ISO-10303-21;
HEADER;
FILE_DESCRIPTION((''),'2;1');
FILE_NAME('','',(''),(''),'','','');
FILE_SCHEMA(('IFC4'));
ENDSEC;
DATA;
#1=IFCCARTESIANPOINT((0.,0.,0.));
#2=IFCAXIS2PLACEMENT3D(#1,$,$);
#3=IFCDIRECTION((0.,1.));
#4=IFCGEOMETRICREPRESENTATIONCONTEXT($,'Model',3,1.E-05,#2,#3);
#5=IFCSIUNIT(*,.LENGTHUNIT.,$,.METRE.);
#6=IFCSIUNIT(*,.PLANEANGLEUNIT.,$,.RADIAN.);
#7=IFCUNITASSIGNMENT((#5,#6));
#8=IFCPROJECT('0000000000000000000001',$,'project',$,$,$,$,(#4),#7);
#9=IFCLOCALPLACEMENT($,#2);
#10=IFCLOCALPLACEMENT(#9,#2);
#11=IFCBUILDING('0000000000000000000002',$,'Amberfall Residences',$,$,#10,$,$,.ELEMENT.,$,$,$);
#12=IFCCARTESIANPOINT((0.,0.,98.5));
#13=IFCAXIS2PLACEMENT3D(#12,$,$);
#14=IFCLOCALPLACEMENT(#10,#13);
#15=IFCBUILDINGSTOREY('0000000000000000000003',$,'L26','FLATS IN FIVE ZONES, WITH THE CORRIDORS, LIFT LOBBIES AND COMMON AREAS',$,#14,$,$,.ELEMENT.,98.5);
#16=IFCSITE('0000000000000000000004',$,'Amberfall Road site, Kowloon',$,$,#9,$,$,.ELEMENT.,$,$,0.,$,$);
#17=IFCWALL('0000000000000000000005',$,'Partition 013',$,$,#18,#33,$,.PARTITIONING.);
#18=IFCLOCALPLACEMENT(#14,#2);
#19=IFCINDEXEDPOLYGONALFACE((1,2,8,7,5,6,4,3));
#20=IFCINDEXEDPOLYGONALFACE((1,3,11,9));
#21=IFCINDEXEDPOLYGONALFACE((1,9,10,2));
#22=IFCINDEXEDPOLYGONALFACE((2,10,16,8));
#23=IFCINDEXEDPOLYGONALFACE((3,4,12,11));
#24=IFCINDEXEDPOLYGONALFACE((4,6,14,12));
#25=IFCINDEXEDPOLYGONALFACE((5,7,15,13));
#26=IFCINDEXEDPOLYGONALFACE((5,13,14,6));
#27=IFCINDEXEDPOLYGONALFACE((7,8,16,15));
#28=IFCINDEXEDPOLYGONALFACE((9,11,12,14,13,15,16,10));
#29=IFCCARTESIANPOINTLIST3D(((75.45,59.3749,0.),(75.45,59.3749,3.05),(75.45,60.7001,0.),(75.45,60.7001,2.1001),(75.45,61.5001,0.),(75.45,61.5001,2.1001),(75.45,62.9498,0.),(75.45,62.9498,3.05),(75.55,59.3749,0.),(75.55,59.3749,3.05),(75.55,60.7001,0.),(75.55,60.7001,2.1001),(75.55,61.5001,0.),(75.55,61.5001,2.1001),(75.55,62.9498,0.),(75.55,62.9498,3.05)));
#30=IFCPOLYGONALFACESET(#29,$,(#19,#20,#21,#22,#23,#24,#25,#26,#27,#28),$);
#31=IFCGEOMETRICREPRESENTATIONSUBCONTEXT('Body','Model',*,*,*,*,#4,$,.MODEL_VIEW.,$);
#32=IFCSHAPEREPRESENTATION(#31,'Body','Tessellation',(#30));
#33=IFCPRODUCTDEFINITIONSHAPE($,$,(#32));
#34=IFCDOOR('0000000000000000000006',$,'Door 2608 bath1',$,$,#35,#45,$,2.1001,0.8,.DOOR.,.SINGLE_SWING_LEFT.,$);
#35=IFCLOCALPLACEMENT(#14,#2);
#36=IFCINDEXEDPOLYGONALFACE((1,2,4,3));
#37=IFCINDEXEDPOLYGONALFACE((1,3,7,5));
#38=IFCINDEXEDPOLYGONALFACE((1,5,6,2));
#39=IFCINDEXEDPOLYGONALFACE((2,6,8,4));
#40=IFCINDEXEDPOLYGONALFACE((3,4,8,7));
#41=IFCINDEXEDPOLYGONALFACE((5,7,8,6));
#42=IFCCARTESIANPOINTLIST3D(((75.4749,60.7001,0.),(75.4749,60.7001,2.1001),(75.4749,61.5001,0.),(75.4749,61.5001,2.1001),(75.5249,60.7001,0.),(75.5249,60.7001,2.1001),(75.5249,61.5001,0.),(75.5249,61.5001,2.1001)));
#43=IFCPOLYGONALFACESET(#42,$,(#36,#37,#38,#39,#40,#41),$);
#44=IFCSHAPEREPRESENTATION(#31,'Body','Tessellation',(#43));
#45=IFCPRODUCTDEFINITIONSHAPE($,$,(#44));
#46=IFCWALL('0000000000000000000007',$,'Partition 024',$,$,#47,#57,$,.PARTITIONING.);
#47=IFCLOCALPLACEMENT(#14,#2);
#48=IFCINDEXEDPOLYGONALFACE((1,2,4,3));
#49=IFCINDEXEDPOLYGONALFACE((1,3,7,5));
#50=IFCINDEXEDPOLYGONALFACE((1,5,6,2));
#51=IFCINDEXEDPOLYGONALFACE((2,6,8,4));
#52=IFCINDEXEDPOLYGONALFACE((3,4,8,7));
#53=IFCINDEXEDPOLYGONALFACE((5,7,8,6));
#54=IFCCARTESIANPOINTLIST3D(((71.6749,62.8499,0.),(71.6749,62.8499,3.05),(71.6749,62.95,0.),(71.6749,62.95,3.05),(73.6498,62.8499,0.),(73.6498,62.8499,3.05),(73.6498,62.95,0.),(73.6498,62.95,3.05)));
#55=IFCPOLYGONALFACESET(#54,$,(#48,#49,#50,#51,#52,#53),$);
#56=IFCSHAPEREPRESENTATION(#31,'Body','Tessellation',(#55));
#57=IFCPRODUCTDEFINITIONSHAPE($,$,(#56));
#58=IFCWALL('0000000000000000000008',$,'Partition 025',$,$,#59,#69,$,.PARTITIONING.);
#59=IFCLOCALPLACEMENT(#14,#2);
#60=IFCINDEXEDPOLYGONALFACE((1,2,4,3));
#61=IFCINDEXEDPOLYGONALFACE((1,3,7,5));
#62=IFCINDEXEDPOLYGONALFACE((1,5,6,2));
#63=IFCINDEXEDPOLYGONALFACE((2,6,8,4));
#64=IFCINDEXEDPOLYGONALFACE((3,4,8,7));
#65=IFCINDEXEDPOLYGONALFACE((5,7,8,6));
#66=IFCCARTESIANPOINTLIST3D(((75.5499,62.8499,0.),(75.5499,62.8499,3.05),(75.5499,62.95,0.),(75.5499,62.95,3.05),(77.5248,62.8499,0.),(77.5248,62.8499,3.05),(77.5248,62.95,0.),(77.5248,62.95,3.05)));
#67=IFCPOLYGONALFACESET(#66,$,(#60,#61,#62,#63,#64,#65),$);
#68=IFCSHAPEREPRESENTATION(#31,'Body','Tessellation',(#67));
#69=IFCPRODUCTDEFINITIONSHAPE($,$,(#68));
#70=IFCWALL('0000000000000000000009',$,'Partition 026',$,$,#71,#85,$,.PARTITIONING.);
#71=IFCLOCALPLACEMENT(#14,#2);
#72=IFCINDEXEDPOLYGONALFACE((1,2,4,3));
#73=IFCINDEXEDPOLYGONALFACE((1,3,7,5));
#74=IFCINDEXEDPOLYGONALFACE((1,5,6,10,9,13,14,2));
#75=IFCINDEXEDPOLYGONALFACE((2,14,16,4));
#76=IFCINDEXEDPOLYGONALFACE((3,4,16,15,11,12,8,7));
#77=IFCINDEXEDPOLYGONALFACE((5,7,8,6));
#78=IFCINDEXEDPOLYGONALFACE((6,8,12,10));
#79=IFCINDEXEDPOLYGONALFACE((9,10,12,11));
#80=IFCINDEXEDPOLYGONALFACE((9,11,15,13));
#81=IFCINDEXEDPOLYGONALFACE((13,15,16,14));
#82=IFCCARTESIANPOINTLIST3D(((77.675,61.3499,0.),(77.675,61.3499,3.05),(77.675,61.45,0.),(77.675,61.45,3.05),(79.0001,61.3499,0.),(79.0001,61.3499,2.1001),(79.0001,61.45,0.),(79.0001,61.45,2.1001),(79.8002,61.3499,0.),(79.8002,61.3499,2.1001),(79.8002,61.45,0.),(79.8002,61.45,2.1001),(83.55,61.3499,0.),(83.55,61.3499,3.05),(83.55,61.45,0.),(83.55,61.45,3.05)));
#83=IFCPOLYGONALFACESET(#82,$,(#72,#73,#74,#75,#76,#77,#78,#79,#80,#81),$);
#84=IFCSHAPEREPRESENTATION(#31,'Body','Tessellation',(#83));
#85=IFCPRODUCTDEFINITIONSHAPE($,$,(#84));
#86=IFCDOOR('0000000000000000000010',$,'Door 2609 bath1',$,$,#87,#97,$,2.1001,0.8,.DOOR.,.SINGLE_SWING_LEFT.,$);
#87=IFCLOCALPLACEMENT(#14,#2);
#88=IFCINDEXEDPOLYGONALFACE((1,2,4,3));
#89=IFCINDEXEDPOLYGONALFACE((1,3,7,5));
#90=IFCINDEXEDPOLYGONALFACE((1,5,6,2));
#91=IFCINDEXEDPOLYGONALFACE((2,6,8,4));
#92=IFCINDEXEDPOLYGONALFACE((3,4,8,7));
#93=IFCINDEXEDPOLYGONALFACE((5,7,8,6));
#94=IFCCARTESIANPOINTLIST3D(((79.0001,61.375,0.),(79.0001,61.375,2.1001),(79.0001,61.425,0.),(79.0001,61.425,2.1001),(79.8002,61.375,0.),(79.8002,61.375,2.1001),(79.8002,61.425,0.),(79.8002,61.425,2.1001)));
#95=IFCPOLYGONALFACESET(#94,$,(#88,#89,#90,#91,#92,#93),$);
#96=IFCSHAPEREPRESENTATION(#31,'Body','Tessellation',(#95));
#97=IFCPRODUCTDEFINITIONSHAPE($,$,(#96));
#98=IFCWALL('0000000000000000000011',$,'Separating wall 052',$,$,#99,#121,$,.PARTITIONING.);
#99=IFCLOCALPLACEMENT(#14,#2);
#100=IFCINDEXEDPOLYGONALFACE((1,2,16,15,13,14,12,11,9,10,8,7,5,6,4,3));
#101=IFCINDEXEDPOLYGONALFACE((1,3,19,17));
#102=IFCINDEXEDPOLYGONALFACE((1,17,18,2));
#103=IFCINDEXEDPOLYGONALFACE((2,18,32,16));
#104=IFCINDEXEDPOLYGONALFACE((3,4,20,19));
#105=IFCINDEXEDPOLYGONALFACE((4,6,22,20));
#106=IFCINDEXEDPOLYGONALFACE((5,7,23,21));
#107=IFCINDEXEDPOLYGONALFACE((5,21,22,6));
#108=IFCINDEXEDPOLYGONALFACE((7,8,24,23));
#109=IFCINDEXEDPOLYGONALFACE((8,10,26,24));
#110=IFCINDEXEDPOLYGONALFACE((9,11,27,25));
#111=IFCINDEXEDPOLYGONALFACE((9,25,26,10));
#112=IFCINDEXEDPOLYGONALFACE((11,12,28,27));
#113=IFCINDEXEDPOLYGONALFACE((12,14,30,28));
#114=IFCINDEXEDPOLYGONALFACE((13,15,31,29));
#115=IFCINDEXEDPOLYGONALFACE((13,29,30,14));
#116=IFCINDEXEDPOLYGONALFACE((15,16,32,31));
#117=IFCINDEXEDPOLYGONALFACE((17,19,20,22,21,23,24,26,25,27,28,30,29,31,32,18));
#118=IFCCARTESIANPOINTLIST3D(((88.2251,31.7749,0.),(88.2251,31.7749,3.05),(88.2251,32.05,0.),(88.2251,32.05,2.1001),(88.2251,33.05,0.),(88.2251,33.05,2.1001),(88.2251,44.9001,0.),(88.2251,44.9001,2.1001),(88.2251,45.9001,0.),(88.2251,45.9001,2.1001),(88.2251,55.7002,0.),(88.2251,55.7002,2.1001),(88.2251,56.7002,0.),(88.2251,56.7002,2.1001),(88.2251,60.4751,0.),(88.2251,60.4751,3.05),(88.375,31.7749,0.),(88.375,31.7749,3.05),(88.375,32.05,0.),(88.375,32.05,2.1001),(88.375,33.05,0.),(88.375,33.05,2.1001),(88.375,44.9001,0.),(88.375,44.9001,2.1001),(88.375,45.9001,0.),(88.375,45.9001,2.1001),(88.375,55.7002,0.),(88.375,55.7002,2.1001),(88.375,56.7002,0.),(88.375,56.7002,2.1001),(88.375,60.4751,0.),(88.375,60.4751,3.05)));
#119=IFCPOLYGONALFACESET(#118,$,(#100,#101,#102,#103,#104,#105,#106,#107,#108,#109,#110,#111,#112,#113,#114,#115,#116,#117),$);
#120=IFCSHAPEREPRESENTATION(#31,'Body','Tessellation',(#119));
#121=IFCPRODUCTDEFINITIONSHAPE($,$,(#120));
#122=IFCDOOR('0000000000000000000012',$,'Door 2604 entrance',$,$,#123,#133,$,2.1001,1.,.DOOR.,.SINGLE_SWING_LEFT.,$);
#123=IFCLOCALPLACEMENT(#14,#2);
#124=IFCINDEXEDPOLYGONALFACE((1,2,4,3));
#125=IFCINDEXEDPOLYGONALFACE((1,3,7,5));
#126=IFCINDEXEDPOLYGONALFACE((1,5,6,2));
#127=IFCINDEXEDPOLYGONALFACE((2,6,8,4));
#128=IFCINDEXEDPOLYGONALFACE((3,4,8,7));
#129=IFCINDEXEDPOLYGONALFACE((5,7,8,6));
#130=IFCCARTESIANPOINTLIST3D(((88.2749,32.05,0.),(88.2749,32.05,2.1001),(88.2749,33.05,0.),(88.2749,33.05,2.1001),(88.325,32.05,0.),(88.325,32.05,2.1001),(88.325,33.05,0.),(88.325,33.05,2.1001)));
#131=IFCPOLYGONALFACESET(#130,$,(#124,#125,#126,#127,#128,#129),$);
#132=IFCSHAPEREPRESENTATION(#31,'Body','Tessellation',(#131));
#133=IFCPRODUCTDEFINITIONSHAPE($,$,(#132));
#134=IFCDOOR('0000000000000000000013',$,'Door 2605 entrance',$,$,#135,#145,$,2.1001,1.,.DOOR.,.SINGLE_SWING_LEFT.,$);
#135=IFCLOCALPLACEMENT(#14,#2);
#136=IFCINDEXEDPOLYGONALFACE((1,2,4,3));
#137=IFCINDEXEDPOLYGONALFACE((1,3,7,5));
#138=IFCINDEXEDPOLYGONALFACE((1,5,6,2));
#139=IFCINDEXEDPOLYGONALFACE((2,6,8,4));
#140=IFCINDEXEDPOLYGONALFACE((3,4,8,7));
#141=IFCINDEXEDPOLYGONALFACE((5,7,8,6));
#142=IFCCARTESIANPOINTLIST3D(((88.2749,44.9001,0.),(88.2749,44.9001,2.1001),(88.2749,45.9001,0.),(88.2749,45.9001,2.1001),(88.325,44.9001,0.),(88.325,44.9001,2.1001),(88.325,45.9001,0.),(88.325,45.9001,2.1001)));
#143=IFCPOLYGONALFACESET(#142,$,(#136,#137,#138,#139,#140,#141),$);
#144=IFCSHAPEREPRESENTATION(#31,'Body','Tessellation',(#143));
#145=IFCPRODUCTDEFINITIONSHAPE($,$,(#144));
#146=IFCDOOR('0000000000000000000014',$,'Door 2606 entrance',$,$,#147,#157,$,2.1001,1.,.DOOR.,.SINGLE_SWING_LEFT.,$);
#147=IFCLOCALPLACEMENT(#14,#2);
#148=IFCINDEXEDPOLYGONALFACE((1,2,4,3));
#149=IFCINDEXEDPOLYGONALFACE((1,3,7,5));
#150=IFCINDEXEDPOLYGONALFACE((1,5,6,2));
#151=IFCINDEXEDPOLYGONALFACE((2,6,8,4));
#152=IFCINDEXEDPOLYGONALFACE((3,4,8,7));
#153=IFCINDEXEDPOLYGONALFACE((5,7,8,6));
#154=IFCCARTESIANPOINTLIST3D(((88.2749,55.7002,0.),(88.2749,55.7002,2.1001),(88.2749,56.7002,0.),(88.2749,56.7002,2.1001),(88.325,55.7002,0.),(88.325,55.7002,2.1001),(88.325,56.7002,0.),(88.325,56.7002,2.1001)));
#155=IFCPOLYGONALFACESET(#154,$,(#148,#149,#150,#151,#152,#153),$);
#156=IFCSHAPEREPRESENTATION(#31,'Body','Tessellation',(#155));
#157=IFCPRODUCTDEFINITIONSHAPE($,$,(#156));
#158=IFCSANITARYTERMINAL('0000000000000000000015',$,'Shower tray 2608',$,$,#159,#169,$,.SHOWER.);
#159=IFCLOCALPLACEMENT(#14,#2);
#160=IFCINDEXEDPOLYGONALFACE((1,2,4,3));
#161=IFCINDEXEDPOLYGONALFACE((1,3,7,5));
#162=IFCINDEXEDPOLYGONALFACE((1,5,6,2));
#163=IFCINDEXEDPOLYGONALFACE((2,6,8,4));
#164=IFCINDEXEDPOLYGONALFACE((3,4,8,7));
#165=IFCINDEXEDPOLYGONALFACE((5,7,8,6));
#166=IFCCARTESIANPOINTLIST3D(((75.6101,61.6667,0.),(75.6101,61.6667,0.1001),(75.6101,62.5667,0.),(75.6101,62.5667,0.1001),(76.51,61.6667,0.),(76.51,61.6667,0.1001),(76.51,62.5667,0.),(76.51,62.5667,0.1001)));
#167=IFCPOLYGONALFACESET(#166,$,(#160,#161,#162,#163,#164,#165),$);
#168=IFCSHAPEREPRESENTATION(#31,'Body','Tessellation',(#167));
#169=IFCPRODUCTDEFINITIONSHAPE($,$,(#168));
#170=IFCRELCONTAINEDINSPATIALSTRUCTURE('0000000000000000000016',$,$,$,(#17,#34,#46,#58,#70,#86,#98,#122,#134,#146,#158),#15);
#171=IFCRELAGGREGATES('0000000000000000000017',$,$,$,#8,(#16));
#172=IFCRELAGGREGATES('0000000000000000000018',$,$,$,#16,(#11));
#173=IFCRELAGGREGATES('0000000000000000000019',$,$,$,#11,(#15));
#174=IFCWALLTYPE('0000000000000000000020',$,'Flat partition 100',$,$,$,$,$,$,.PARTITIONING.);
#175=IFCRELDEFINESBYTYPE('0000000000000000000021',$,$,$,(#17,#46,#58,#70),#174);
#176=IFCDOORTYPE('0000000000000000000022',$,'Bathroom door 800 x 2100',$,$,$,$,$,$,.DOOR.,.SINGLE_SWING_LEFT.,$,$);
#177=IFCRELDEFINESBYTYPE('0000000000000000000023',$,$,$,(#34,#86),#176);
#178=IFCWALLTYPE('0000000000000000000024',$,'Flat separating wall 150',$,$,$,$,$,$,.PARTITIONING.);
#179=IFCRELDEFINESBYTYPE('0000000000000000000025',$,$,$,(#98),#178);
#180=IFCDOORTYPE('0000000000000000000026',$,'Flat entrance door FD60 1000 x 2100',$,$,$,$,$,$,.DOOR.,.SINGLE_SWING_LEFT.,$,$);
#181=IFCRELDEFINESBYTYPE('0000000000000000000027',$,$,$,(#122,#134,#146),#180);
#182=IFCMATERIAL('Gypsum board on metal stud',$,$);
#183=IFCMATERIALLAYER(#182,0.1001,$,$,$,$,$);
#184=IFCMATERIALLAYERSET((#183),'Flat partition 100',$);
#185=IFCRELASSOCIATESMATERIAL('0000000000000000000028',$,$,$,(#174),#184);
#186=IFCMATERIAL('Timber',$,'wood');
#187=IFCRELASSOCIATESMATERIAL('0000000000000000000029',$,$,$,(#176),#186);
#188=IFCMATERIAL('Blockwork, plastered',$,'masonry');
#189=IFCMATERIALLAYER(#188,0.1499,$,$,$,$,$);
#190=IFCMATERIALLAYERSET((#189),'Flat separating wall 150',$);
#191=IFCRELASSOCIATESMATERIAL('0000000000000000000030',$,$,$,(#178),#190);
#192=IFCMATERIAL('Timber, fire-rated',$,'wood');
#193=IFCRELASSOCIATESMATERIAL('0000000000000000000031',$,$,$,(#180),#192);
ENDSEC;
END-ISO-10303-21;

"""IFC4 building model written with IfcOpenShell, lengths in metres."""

from ifc_helpers import new_model, si_unit, direction, frame, frame_2d, origin, origin_2d, place, context, subcontext, project, spatial, rectangle, extrude, material, layer, layer_set, type_object, element, fill, save


model = new_model("IFC4")

# Units and contexts
model_context = context("Model", 3, precision=1e-05, world=origin(), true_north=direction((0.0, 1.0)))
body_context = subcontext(model_context, "Body", "Model", "MODEL_VIEW")
ifc_project = project(units=[si_unit("LENGTHUNIT", "METRE"), si_unit("PLANEANGLEUNIT", "RADIAN")], contexts=[model_context])

# Site, building, storey
site_placement = place(None, origin())
site = spatial("IfcSite", under=ifc_project, at=site_placement, Name="Amberfall Road site, Kowloon", CompositionType="ELEMENT", RefElevation=0.0)
building_placement = place(site_placement, origin())
building = spatial("IfcBuilding", under=site, at=building_placement, Name="Amberfall Residences", CompositionType="ELEMENT")
storey_placement = place(building_placement, frame((0.0, 0.0, 98.5)))
storey = spatial("IfcBuildingStorey", under=building, at=storey_placement, Name="L26", Description="FLATS IN FIVE ZONES, WITH THE CORRIDORS, LIFT LOBBIES AND COMMON AREAS", CompositionType="ELEMENT", Elevation=98.5)

# Wall, opening, door
ifc_material_1 = material(Name="Gypsum board on metal stud")
ifc_layer_1 = layer(ifc_material_1, 0.1001)
ifc_layer_set_1 = layer_set([ifc_layer_1], Name="Flat partition 100")
wall_type_1 = type_object("IfcWallType", Name="Flat partition 100", PredefinedType="PARTITIONING", material=ifc_layer_set_1)
wall_1_placement = place(storey_placement, frame((75.5, 62.95, 0.0), z_axis=(0.0, 0.0, 1.0), x_axis=(0.0, -1.0, 0.0)))
wall_1 = element("IfcWall", 1, at=wall_1_placement, inside=storey, type_object=wall_type_1, Name="Partition 013", PredefinedType="PARTITIONING", context=body_context, shape_type="SweptSolid", body=[
    extrude(rectangle(XDim=3.575, YDim=0.1001, at=frame_2d((1.7876, 0.0))), origin(), (0.0, 0.0, 1.0), 3.05),
])
opening_1_placement = place(wall_1_placement, frame((1.45, 0.0, 0.0)))
opening_1 = element("IfcOpeningElement", 2, at=opening_1_placement, cuts=wall_1, PredefinedType="OPENING", context=body_context, shape_type="SweptSolid", body=[
    extrude(rectangle(XDim=0.8, YDim=2.1001, at=frame_2d((0.3999, 1.05))), frame((0.0, 0.0601, 0.0), z_axis=(0.0, -1.0, 0.0), x_axis=(1.0, 0.0, 0.0)), (0.0, 0.0, 1.0), 0.1201),
])
ifc_material_2 = material(Name="Timber", Category="wood")
door_type_1 = type_object("IfcDoorType", Name="Bathroom door 800 x 2100", OperationType="SINGLE_SWING_LEFT", PredefinedType="DOOR", material=ifc_material_2)
door_1_placement = place(opening_1_placement, origin())
door_1 = element("IfcDoor", 3, at=door_1_placement, inside=storey, type_object=door_type_1, Name="Door 2608 bath1", OperationType="SINGLE_SWING_LEFT", OverallHeight=2.1001, OverallWidth=0.8, PredefinedType="DOOR", context=body_context, shape_type="SweptSolid", body=[
    extrude(rectangle(XDim=0.8, YDim=2.1001, at=frame_2d((0.3999, 1.05))), frame((0.0, 0.0249, 0.0), z_axis=(0.0, -1.0, 0.0), x_axis=(1.0, 0.0, 0.0)), (0.0, 0.0, 1.0), 0.05),
])
fill(opening_1, door_1)

# Walls
for number, where, z_axis, x_axis, name in (
    (4, (71.675, 62.8999, 0.0), (0.0, 0.0, 1.0), (1.0, 0.0, 0.0), "Partition 024"),
    (5, (75.55, 62.8999, 0.0), (0.0, 0.0, 1.0), (1.0, 0.0, 0.0), "Partition 025"),
):
    element("IfcWall", number, at=place(storey_placement, frame(where, z_axis=z_axis, x_axis=x_axis)), inside=storey, type_object=wall_type_1, Name=name, PredefinedType="PARTITIONING", context=body_context, shape_type="SweptSolid", body=[
        extrude(rectangle(XDim=1.9749, YDim=0.1001, at=frame_2d((0.9873, 0.0))), origin(), (0.0, 0.0, 1.0), 3.05),
    ])

# Wall, opening, door
wall_2_placement = place(storey_placement, frame((83.55, 61.3999, 0.0), z_axis=(0.0, 0.0, 1.0), x_axis=(-1.0, 0.0, 0.0)))
wall_2 = element("IfcWall", 6, at=wall_2_placement, inside=storey, type_object=wall_type_1, Name="Partition 026", PredefinedType="PARTITIONING", context=body_context, shape_type="SweptSolid", body=[
    extrude(rectangle(XDim=5.875, YDim=0.1001, at=frame_2d((2.9375, 0.0))), origin(), (0.0, 0.0, 1.0), 3.05),
])
opening_2_placement = place(wall_2_placement, frame((3.75, 0.0, 0.0)))
opening_2 = element("IfcOpeningElement", 7, at=opening_2_placement, cuts=wall_2, PredefinedType="OPENING", context=body_context, shape_type="SweptSolid", body=[
    extrude(rectangle(XDim=0.8, YDim=2.1001, at=frame_2d((0.3999, 1.05))), frame((0.0, 0.0601, 0.0), z_axis=(0.0, -1.0, 0.0), x_axis=(1.0, 0.0, 0.0)), (0.0, 0.0, 1.0), 0.1201),
])
door_2_placement = place(opening_2_placement, origin())
door_2 = element("IfcDoor", 8, at=door_2_placement, inside=storey, type_object=door_type_1, Name="Door 2609 bath1", OperationType="SINGLE_SWING_LEFT", OverallHeight=2.1001, OverallWidth=0.8, PredefinedType="DOOR", context=body_context, shape_type="SweptSolid", body=[
    extrude(rectangle(XDim=0.8, YDim=2.1001, at=frame_2d((0.3999, 1.05))), frame((0.0, 0.0249, 0.0), z_axis=(0.0, -1.0, 0.0), x_axis=(1.0, 0.0, 0.0)), (0.0, 0.0, 1.0), 0.05),
])
fill(opening_2, door_2)

# Wall, openings, doors
ifc_material_3 = material(Name="Blockwork, plastered", Category="masonry")
ifc_layer_2 = layer(ifc_material_3, 0.1499)
ifc_layer_set_2 = layer_set([ifc_layer_2], Name="Flat separating wall 150")
wall_type_2 = type_object("IfcWallType", Name="Flat separating wall 150", PredefinedType="PARTITIONING", material=ifc_layer_set_2)
wall_3_placement = place(storey_placement, frame((88.3, 60.4751, 0.0), z_axis=(0.0, 0.0, 1.0), x_axis=(0.0, -1.0, 0.0)))
wall_3 = element("IfcWall", 9, at=wall_3_placement, inside=storey, type_object=wall_type_2, Name="Separating wall 052", PredefinedType="PARTITIONING", context=body_context, shape_type="SweptSolid", body=[
    extrude(rectangle(XDim=28.7002, YDim=0.1499, at=frame_2d((14.3501, 0.0))), origin(), (0.0, 0.0, 1.0), 3.05),
])
opening_3_placement = place(wall_3_placement, frame((27.425, 0.0, 0.0)))
opening_3 = element("IfcOpeningElement", 10, at=opening_3_placement, cuts=wall_3, PredefinedType="OPENING", context=body_context, shape_type="SweptSolid", body=[
    extrude(rectangle(XDim=1.0, YDim=2.1001, at=frame_2d((0.5, 1.05))), frame((0.0, 0.085, 0.0), z_axis=(0.0, -1.0, 0.0), x_axis=(1.0, 0.0, 0.0)), (0.0, 0.0, 1.0), 0.1699),
])
opening_4_placement = place(wall_3_placement, frame((14.575, 0.0, 0.0)))
opening_4 = element("IfcOpeningElement", 11, at=opening_4_placement, cuts=wall_3, PredefinedType="OPENING", context=body_context, shape_type="SweptSolid", body=[
    extrude(rectangle(XDim=1.0, YDim=2.1001, at=frame_2d((0.5, 1.05))), frame((0.0, 0.085, 0.0), z_axis=(0.0, -1.0, 0.0), x_axis=(1.0, 0.0, 0.0)), (0.0, 0.0, 1.0), 0.1699),
])
opening_5_placement = place(wall_3_placement, frame((3.7749, 0.0, 0.0)))
opening_5 = element("IfcOpeningElement", 12, at=opening_5_placement, cuts=wall_3, PredefinedType="OPENING", context=body_context, shape_type="SweptSolid", body=[
    extrude(rectangle(XDim=1.0, YDim=2.1001, at=frame_2d((0.5, 1.05))), frame((0.0, 0.085, 0.0), z_axis=(0.0, -1.0, 0.0), x_axis=(1.0, 0.0, 0.0)), (0.0, 0.0, 1.0), 0.1699),
])
ifc_material_4 = material(Name="Timber, fire-rated", Category="wood")
door_type_2 = type_object("IfcDoorType", Name="Flat entrance door FD60 1000 x 2100", OperationType="SINGLE_SWING_LEFT", PredefinedType="DOOR", material=ifc_material_4)
door_3_placement = place(opening_3_placement, origin())
door_3 = element("IfcDoor", 13, at=door_3_placement, inside=storey, type_object=door_type_2, Name="Door 2604 entrance", OperationType="SINGLE_SWING_LEFT", OverallHeight=2.1001, OverallWidth=1.0, PredefinedType="DOOR", context=body_context, shape_type="SweptSolid", body=[
    extrude(rectangle(XDim=1.0, YDim=2.1001, at=frame_2d((0.5, 1.05))), frame((0.0, 0.0249, 0.0), z_axis=(0.0, -1.0, 0.0), x_axis=(1.0, 0.0, 0.0)), (0.0, 0.0, 1.0), 0.05),
])
fill(opening_3, door_3)
door_4_placement = place(opening_4_placement, origin())
door_4 = element("IfcDoor", 14, at=door_4_placement, inside=storey, type_object=door_type_2, Name="Door 2605 entrance", OperationType="SINGLE_SWING_LEFT", OverallHeight=2.1001, OverallWidth=1.0, PredefinedType="DOOR", context=body_context, shape_type="SweptSolid", body=[
    extrude(rectangle(XDim=1.0, YDim=2.1001, at=frame_2d((0.5, 1.05))), frame((0.0, 0.0249, 0.0), z_axis=(0.0, -1.0, 0.0), x_axis=(1.0, 0.0, 0.0)), (0.0, 0.0, 1.0), 0.05),
])
fill(opening_4, door_4)
door_5_placement = place(opening_5_placement, origin())
door_5 = element("IfcDoor", 15, at=door_5_placement, inside=storey, type_object=door_type_2, Name="Door 2606 entrance", OperationType="SINGLE_SWING_LEFT", OverallHeight=2.1001, OverallWidth=1.0, PredefinedType="DOOR", context=body_context, shape_type="SweptSolid", body=[
    extrude(rectangle(XDim=1.0, YDim=2.1001, at=frame_2d((0.5, 1.05))), frame((0.0, 0.0249, 0.0), z_axis=(0.0, -1.0, 0.0), x_axis=(1.0, 0.0, 0.0)), (0.0, 0.0, 1.0), 0.05),
])
fill(opening_5, door_5)

# Sanitary terminal
for number, where, z_axis, x_axis, name in (
    (16, (76.0601, 62.1167, 0.0), (0.0, 0.0, 1.0), (1.0, 0.0, 0.0), "Shower tray 2608"),
):
    element("IfcSanitaryTerminal", number, at=place(storey_placement, frame(where, z_axis=z_axis, x_axis=x_axis)), inside=storey, Name=name, PredefinedType="SHOWER", context=body_context, shape_type="SweptSolid", body=[
        extrude(rectangle(XDim=0.8999, YDim=0.8999, at=origin_2d()), origin(), (0.0, 0.0, 1.0), 0.1001),
    ])

save(model, "model.ifc")
